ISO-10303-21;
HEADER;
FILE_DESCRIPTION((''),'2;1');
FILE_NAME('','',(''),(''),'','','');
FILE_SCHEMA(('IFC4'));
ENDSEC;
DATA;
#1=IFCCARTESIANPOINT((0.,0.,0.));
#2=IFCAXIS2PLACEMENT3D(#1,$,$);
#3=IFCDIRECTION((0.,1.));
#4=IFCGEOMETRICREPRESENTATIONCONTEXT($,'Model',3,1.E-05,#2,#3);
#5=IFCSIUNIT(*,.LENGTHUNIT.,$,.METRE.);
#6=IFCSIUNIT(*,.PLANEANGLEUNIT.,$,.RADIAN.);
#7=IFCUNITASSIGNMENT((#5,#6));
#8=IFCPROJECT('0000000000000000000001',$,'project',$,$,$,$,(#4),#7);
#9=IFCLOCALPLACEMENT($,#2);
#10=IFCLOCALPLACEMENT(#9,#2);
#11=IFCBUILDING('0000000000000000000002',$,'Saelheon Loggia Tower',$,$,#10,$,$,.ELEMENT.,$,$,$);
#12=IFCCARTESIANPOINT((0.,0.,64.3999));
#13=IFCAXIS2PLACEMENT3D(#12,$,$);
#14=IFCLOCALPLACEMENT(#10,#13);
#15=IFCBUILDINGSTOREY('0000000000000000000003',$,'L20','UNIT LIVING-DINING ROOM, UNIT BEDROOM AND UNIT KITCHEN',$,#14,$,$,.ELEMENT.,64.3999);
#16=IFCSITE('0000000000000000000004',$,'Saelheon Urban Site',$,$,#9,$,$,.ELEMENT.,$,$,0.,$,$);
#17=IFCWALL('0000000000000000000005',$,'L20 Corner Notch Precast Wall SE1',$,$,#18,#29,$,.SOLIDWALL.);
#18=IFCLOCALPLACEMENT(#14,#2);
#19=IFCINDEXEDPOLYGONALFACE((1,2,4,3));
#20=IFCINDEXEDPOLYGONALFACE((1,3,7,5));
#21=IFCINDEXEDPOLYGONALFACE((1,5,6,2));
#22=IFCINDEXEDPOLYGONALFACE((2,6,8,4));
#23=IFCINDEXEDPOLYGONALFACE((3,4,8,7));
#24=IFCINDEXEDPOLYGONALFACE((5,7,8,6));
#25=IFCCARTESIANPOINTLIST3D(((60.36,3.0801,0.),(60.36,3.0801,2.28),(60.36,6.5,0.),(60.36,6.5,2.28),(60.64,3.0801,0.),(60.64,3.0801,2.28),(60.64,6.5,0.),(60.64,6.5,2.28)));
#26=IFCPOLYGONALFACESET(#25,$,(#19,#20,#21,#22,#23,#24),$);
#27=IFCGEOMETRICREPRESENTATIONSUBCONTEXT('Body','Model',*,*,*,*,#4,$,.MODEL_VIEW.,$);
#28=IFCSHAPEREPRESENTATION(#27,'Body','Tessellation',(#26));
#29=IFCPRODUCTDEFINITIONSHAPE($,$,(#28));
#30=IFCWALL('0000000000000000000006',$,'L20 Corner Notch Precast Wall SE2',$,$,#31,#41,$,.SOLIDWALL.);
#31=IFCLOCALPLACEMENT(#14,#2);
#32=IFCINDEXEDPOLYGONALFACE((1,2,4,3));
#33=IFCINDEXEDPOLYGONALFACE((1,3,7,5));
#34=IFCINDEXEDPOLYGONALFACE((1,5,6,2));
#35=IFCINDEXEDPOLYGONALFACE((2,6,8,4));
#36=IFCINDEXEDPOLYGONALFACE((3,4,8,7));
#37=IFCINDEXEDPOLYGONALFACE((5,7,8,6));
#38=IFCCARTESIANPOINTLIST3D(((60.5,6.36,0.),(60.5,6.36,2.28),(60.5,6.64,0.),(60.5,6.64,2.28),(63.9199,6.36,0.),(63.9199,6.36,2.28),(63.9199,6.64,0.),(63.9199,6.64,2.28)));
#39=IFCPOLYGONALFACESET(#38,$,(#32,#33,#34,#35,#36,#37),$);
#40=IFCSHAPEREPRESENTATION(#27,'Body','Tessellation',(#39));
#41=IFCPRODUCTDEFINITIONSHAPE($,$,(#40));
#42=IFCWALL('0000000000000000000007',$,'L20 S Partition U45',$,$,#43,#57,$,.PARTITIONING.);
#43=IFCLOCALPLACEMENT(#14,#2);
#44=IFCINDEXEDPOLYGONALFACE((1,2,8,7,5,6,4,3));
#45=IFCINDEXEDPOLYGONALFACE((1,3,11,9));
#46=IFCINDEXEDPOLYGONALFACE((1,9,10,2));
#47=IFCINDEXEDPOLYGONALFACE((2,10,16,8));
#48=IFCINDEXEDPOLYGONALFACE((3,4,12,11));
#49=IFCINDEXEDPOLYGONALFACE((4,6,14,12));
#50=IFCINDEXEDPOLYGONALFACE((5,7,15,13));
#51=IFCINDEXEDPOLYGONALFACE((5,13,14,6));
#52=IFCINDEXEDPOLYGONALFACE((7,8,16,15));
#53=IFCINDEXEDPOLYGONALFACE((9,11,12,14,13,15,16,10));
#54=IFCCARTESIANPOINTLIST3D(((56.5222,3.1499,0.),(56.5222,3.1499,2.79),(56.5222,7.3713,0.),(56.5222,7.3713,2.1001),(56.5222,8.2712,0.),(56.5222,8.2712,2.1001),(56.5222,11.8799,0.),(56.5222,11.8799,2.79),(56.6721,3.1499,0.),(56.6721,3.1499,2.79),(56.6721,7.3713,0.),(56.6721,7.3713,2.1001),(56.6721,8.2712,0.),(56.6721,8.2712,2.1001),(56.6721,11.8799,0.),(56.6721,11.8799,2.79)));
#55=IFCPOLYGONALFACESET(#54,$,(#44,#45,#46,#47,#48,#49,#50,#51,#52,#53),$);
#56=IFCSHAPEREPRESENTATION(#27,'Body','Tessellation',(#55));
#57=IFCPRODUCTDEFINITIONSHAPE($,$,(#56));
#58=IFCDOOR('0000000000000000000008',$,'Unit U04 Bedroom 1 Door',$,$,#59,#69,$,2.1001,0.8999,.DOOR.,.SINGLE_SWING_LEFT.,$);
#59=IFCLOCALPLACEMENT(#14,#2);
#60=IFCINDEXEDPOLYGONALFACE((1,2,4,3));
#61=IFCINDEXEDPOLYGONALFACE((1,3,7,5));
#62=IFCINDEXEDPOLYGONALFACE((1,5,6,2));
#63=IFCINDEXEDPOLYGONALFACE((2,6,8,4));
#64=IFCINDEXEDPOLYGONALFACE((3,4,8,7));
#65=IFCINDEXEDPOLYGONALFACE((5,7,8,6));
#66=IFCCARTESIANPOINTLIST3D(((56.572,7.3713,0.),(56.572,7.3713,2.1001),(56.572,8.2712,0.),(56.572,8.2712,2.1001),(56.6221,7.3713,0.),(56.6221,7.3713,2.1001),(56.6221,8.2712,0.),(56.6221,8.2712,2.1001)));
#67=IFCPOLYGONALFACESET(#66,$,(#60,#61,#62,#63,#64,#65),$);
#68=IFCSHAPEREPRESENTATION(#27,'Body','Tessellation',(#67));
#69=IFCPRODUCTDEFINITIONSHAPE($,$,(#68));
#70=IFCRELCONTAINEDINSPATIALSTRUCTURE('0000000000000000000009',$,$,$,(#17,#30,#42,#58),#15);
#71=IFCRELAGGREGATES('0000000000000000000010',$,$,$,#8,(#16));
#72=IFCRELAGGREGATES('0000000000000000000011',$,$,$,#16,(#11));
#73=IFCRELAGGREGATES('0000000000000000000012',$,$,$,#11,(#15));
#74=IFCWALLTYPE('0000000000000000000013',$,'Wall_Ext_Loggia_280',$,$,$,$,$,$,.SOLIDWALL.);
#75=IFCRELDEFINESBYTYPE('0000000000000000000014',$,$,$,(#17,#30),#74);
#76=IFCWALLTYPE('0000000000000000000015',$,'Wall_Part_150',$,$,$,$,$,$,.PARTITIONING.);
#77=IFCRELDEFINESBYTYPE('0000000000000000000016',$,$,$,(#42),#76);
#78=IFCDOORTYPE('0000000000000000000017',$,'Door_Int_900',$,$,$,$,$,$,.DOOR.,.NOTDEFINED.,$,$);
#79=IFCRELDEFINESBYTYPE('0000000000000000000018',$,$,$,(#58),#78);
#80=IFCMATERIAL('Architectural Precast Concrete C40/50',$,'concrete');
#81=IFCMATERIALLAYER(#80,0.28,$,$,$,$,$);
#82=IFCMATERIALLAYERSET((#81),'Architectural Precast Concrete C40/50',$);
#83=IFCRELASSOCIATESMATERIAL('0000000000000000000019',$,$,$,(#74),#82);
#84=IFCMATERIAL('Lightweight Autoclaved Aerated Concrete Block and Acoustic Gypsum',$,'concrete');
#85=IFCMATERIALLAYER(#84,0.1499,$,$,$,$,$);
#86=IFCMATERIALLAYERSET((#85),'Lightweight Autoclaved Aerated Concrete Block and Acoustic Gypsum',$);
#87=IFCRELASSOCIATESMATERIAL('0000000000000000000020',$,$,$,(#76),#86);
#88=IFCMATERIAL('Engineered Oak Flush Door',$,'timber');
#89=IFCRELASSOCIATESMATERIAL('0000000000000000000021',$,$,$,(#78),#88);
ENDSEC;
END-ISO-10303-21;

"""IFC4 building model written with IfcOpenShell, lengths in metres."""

from ifc_helpers import new_model, si_unit, direction, frame, frame_2d, origin, place, context, subcontext, project, spatial, rectangle, extrude, source, transform, mapped, material, layer, layer_set, type_object, element, fill, save


model = new_model("IFC4")

# Units and contexts
model_context = context("Model", 3, precision=1e-05, world=origin(), true_north=direction((0.0, 1.0)))
body_context = subcontext(model_context, "Body", "Model", "MODEL_VIEW")
ifc_project = project(units=[si_unit("LENGTHUNIT", "METRE"), si_unit("PLANEANGLEUNIT", "RADIAN")], contexts=[model_context])

# Site, building, storey
site_placement = place(None, origin())
site = spatial("IfcSite", under=ifc_project, at=site_placement, Name="Saelheon Urban Site", CompositionType="ELEMENT", RefElevation=0.0)
building_placement = place(site_placement, origin())
building = spatial("IfcBuilding", under=site, at=building_placement, Name="Saelheon Loggia Tower", CompositionType="ELEMENT")
storey_placement = place(building_placement, frame((0.0, 0.0, 64.3999)))
storey = spatial("IfcBuildingStorey", under=building, at=storey_placement, Name="L20", Description="UNIT LIVING-DINING ROOM, UNIT BEDROOM AND UNIT KITCHEN", CompositionType="ELEMENT", Elevation=64.3999)

# Shared definitions
ifc_material_1 = material(Name="Architectural Precast Concrete C40/50", Category="concrete")
ifc_layer_1 = layer(ifc_material_1, 0.28)
ifc_layer_set_1 = layer_set([ifc_layer_1], Name="Architectural Precast Concrete C40/50")
wall_type_1 = type_object("IfcWallType", Name="Wall_Ext_Loggia_280", PredefinedType="SOLIDWALL", material=ifc_layer_set_1)

# Walls
for number, where, z_axis, x_axis, name in (
    (1, (60.5, 3.0801, 0.0), (0.0, 0.0, 1.0), (0.0, 1.0, 0.0), "L20 Corner Notch Precast Wall SE1"),
    (2, (60.5, 6.5, 0.0), (0.0, 0.0, 1.0), (1.0, 0.0, 0.0), "L20 Corner Notch Precast Wall SE2"),
):
    element("IfcWall", number, at=place(storey_placement, frame(where, z_axis=z_axis, x_axis=x_axis)), inside=storey, type_object=wall_type_1, Name=name, PredefinedType="SOLIDWALL", context=body_context, shape_type="SweptSolid", body=[
        extrude(rectangle(XDim=3.4199, YDim=0.28, at=frame_2d((1.71, 0.0))), origin(), (0.0, 0.0, 1.0), 2.28),
    ])

# Wall, opening, door
ifc_material_2 = material(Name="Lightweight Autoclaved Aerated Concrete Block and Acoustic Gypsum", Category="concrete")
ifc_layer_2 = layer(ifc_material_2, 0.1499)
ifc_layer_set_2 = layer_set([ifc_layer_2], Name="Lightweight Autoclaved Aerated Concrete Block and Acoustic Gypsum")
wall_type_2 = type_object("IfcWallType", Name="Wall_Part_150", PredefinedType="PARTITIONING", material=ifc_layer_set_2)
wall_1_placement = place(storey_placement, frame((56.5972, 11.8799, 0.0), z_axis=(0.0, 0.0, 1.0), x_axis=(0.0, -1.0, 0.0)))
wall_1 = element("IfcWall", 3, at=wall_1_placement, inside=storey, type_object=wall_type_2, Name="L20 S Partition U45", PredefinedType="PARTITIONING", context=body_context, shape_type="SweptSolid", body=[
    extrude(rectangle(XDim=8.73, YDim=0.1499, at=frame_2d((4.365, 0.0))), origin(), (0.0, 0.0, 1.0), 2.79),
])
opening_1_placement = place(wall_1_placement, frame((3.6086, 0.0, 0.0)))
opening_1 = element("IfcOpeningElement", 4, at=opening_1_placement, cuts=wall_1, PredefinedType="OPENING", context=body_context, shape_type="SweptSolid", body=[
    extrude(rectangle(XDim=0.8999, YDim=2.1001, at=frame_2d((0.45, 1.05))), frame((0.0, 0.0869, 0.0), z_axis=(0.0, -1.0, 0.0), x_axis=(1.0, 0.0, 0.0)), (0.0, 0.0, 1.0), 0.1738),
])
ifc_material_3 = material(Name="Engineered Oak Flush Door", Category="timber")
door_type_1 = type_object("IfcDoorType", Name="Door_Int_900", OperationType="NOTDEFINED", PredefinedType="DOOR", material=ifc_material_3)
shared_shape_1 = source(origin(), body_context, "Body", "SweptSolid", [
    extrude(rectangle(XDim=0.8999, YDim=2.1001, at=frame_2d((0.45, 1.05))), frame((0.0, 0.0249, 0.0), z_axis=(0.0, -1.0, 0.0), x_axis=(1.0, 0.0, 0.0)), (0.0, 0.0, 1.0), 0.05),
])
door_1_placement = place(opening_1_placement, origin())
door_1 = element("IfcDoor", 5, at=door_1_placement, inside=storey, type_object=door_type_1, Name="Unit U04 Bedroom 1 Door", OperationType="SINGLE_SWING_LEFT", OverallHeight=2.1001, OverallWidth=0.8999, PredefinedType="DOOR", context=body_context, shape_type="MappedRepresentation", body=[
    mapped(shared_shape_1, transform((0.0, 0.0, 0.0), scale=1.0)),
])
fill(opening_1, door_1)

save(model, "model.ifc")
